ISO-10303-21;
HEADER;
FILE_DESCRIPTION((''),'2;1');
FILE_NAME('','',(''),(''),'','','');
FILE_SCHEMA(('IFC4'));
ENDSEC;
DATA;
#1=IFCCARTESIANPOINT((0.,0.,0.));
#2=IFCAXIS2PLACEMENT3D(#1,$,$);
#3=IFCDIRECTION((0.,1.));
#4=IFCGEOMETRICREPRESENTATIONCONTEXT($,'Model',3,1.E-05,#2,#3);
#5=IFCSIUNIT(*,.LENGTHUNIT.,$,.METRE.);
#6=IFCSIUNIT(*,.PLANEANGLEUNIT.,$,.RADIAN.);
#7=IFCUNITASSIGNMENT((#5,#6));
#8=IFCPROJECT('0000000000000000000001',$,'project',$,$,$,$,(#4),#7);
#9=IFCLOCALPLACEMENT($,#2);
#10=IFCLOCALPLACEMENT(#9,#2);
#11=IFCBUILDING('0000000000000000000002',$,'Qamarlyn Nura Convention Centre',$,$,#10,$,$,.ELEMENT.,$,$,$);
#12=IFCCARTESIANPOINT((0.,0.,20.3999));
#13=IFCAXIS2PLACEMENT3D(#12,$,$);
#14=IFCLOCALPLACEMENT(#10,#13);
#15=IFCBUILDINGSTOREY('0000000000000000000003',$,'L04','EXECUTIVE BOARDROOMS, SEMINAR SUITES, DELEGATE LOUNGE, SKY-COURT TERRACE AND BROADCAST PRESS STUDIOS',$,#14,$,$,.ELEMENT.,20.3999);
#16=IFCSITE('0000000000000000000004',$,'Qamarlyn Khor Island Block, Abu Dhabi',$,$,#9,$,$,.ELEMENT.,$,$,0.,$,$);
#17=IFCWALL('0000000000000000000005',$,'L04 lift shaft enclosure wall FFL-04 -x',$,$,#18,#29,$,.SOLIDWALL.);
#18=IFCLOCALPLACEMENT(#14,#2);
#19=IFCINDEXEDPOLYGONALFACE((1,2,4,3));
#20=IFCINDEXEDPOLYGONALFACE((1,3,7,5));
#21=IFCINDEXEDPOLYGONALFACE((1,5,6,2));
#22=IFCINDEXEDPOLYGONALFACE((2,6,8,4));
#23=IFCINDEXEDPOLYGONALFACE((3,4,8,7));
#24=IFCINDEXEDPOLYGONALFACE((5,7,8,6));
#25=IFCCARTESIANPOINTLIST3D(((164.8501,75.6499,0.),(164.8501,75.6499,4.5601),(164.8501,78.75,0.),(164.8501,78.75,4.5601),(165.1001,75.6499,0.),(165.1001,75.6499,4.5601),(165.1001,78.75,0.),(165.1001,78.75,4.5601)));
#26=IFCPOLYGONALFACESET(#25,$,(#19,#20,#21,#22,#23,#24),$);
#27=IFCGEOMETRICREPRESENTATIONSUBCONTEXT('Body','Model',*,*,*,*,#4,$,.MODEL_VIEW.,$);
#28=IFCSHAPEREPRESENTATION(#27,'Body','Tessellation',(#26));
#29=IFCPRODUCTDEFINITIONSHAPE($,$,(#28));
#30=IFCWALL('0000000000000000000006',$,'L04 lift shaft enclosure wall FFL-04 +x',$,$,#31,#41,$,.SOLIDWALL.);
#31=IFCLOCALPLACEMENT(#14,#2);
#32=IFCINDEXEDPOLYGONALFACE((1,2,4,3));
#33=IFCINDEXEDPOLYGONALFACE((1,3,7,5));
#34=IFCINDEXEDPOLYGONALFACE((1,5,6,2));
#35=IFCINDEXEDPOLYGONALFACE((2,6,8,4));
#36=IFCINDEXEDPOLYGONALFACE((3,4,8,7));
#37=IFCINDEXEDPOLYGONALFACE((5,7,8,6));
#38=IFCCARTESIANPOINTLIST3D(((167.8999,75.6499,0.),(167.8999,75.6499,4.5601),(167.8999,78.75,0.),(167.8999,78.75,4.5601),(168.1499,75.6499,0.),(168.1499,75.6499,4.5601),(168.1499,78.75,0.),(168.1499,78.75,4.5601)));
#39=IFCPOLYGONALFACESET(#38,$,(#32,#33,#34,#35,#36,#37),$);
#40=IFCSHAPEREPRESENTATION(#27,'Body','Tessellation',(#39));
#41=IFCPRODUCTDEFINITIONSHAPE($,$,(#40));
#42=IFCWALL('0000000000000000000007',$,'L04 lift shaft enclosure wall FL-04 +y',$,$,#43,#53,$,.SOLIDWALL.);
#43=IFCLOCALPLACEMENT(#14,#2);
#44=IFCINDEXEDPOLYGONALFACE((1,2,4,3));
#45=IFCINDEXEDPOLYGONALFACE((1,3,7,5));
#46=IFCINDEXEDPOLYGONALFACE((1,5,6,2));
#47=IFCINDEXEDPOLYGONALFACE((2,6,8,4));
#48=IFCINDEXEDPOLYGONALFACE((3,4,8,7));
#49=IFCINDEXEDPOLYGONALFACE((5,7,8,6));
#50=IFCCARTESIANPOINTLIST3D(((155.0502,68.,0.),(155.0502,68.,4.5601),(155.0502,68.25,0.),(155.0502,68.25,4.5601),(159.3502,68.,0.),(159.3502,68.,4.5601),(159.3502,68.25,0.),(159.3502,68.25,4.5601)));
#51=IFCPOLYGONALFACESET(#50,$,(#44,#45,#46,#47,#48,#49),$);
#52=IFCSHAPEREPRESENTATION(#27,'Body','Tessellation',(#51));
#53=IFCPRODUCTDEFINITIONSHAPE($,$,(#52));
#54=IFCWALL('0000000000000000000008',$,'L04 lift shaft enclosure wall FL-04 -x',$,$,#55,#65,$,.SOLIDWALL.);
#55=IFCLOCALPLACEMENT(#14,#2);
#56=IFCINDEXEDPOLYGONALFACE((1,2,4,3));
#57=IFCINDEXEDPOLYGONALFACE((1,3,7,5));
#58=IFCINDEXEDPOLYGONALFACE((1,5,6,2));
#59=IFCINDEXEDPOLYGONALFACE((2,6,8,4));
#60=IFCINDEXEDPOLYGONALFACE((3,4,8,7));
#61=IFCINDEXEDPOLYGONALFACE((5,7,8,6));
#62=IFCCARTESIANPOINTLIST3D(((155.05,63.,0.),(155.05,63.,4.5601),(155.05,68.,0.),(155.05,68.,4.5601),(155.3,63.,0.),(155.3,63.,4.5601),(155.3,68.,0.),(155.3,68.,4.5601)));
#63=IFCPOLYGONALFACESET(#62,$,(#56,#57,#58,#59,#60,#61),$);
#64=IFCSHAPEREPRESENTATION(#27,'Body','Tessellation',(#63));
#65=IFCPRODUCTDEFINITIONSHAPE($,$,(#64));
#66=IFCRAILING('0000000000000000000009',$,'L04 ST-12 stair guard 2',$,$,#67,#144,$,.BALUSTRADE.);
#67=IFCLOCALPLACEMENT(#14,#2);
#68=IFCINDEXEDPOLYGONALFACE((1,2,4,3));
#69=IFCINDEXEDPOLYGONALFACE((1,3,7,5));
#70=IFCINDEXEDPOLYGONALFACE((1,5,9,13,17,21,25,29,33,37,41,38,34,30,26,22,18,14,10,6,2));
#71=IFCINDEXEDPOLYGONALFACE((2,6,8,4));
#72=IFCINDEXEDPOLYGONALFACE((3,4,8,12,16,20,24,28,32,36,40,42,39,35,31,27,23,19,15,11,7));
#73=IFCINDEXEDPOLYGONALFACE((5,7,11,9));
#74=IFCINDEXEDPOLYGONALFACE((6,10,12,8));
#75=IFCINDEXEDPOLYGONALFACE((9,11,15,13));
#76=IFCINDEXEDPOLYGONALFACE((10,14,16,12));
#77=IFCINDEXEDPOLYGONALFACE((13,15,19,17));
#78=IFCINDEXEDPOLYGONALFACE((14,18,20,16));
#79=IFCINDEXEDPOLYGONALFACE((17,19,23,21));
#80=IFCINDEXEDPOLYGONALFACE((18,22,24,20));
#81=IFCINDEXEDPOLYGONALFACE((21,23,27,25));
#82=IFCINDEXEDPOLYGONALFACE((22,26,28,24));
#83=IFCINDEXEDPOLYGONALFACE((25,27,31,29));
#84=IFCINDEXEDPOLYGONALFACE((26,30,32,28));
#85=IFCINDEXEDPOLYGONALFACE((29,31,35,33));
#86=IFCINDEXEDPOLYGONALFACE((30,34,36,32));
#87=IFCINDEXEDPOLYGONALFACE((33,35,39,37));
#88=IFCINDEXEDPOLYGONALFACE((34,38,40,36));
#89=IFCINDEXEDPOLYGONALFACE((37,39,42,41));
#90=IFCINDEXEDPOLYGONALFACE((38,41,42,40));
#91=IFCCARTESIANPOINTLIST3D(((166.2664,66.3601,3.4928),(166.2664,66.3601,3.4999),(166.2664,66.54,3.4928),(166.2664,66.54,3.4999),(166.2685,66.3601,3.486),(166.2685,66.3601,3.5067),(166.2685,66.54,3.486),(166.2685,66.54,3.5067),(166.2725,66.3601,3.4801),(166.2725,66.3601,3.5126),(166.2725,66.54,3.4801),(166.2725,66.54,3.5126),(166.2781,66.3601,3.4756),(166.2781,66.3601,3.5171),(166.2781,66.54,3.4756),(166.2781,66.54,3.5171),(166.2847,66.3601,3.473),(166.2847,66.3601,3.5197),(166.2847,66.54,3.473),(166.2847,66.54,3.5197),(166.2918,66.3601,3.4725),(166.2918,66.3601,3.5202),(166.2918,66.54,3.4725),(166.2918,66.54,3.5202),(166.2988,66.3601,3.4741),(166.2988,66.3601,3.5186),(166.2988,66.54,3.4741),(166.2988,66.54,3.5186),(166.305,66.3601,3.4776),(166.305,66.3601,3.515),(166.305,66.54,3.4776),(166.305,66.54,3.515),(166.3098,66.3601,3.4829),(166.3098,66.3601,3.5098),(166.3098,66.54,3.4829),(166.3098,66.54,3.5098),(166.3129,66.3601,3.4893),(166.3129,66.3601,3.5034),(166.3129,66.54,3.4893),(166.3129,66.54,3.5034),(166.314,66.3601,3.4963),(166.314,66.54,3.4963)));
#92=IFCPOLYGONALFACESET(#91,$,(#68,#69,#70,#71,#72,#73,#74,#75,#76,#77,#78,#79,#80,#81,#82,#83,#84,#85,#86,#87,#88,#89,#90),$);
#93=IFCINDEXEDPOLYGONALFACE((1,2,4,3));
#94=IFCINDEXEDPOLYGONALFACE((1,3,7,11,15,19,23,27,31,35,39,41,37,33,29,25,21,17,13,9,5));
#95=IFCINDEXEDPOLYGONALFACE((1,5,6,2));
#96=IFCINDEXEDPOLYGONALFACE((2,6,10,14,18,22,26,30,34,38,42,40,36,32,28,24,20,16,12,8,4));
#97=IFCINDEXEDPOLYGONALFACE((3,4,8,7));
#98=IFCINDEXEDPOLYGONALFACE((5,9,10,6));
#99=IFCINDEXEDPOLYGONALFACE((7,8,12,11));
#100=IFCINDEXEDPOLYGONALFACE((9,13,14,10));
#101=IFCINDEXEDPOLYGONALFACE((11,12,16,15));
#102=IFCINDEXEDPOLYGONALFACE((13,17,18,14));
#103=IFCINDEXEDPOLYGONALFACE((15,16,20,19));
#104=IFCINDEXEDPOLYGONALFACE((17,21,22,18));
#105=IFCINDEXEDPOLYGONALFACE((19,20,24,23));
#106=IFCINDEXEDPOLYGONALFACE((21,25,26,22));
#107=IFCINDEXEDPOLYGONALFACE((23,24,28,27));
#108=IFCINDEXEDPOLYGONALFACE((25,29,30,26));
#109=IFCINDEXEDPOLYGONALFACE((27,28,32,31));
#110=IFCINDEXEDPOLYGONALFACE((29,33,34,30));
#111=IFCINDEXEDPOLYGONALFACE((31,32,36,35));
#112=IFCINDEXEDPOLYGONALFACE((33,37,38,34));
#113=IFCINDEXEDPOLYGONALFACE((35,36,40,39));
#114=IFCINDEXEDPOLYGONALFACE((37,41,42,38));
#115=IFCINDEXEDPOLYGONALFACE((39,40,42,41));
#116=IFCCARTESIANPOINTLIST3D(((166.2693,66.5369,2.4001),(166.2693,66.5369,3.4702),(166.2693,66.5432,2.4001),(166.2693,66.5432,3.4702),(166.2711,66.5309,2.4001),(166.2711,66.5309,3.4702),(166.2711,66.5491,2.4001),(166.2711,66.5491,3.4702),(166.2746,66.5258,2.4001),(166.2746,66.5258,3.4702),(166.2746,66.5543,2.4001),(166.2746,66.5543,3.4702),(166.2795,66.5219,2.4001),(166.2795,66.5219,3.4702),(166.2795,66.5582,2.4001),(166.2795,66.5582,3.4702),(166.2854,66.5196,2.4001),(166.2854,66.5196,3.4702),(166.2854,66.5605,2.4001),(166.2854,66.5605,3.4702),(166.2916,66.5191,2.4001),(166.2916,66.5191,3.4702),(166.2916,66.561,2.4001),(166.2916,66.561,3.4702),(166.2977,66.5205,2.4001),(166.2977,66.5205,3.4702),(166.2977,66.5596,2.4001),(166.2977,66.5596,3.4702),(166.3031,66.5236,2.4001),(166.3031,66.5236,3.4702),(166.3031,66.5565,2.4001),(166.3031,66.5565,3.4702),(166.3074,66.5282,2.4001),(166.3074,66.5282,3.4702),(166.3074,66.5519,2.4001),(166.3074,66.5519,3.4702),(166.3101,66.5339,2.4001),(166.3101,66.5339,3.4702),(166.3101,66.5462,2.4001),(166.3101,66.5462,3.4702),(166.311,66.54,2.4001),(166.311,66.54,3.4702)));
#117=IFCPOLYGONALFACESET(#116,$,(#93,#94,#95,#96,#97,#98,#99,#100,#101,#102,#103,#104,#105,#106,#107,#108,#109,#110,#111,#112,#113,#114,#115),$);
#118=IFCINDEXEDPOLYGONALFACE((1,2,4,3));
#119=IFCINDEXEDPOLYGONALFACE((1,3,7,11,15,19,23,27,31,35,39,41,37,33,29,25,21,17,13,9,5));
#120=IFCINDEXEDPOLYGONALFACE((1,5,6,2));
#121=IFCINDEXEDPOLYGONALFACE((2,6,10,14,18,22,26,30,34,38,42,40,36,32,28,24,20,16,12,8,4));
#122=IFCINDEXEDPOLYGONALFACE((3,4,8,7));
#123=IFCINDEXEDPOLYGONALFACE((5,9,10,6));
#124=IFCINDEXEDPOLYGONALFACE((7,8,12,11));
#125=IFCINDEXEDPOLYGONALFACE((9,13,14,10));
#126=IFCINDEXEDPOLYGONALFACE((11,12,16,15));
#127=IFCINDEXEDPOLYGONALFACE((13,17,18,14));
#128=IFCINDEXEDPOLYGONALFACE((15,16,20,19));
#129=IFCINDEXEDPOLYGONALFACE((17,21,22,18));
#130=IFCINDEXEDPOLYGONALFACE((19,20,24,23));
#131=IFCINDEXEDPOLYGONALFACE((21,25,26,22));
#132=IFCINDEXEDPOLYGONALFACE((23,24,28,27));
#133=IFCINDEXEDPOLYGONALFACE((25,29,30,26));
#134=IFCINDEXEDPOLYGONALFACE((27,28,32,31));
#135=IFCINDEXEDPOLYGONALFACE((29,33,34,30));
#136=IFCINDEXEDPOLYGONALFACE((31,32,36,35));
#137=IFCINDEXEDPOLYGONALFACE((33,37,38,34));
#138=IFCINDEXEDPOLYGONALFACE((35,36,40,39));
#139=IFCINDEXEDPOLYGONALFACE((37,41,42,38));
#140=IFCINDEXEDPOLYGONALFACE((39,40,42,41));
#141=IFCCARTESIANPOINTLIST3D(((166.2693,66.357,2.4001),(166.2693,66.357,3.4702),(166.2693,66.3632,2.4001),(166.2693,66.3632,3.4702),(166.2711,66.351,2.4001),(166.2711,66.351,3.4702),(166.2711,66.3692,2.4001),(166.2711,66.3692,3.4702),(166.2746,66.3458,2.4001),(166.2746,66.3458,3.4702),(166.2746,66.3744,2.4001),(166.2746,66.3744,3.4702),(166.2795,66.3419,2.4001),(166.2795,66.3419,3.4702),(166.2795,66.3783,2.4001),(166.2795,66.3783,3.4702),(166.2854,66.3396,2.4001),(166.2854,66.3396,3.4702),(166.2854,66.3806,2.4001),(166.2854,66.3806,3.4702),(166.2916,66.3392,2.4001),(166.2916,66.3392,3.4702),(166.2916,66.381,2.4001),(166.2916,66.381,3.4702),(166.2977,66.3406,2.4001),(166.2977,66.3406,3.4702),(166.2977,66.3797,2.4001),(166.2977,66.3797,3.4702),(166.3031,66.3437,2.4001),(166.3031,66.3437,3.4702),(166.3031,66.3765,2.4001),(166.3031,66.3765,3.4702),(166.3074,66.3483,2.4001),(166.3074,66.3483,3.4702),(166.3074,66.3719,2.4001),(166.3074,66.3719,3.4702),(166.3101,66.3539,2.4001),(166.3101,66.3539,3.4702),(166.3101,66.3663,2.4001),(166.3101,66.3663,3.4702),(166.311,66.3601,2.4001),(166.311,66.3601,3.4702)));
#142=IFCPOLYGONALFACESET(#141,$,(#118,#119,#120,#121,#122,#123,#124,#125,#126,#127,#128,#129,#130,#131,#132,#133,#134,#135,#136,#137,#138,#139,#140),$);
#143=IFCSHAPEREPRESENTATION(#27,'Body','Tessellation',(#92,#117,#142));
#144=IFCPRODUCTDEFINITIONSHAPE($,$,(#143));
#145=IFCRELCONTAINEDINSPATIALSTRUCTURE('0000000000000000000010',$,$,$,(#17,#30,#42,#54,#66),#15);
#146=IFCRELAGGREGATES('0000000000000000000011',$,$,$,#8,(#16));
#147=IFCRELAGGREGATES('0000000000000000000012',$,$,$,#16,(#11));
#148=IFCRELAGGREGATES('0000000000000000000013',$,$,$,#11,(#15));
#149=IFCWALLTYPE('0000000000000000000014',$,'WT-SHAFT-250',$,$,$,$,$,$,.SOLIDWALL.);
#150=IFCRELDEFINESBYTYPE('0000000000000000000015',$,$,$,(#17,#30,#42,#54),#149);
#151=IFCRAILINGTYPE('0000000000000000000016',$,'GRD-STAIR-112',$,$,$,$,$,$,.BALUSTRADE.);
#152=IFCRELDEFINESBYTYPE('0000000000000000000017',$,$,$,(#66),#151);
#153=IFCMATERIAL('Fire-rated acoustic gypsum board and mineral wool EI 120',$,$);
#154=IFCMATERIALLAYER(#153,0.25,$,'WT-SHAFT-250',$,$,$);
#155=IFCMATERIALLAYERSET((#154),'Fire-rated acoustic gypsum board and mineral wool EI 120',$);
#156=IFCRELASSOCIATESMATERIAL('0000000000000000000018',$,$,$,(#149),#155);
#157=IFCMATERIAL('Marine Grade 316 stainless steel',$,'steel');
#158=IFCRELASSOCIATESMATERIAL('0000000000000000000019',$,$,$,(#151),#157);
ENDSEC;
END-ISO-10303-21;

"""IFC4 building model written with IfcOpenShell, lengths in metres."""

from ifc_helpers import new_model, si_unit, direction, frame, frame_2d, origin, origin_2d, place, context, subcontext, project, spatial, rectangle, circle, extrude, material, layer, layer_set, type_object, element, save


model = new_model("IFC4")

# Units and contexts
model_context = context("Model", 3, precision=1e-05, world=origin(), true_north=direction((0.0, 1.0)))
body_context = subcontext(model_context, "Body", "Model", "MODEL_VIEW")
ifc_project = project(units=[si_unit("LENGTHUNIT", "METRE"), si_unit("PLANEANGLEUNIT", "RADIAN")], contexts=[model_context])

# Site, building, storey
site_placement = place(None, origin())
site = spatial("IfcSite", under=ifc_project, at=site_placement, Name="Qamarlyn Khor Island Block, Abu Dhabi", CompositionType="ELEMENT", RefElevation=0.0)
building_placement = place(site_placement, origin())
building = spatial("IfcBuilding", under=site, at=building_placement, Name="Qamarlyn Nura Convention Centre", CompositionType="ELEMENT")
storey_placement = place(building_placement, frame((0.0, 0.0, 20.3999)))
storey = spatial("IfcBuildingStorey", under=building, at=storey_placement, Name="L04", Description="EXECUTIVE BOARDROOMS, SEMINAR SUITES, DELEGATE LOUNGE, SKY-COURT TERRACE AND BROADCAST PRESS STUDIOS", CompositionType="ELEMENT", Elevation=20.3999)

# Shared definitions
ifc_material_1 = material(Name="Fire-rated acoustic gypsum board and mineral wool EI 120")

# Shared definitions
ifc_layer_1 = layer(ifc_material_1, 0.25, Name="WT-SHAFT-250")
ifc_layer_set_1 = layer_set([ifc_layer_1], Name="Fire-rated acoustic gypsum board and mineral wool EI 120")
wall_type_1 = type_object("IfcWallType", Name="WT-SHAFT-250", PredefinedType="SOLIDWALL", material=ifc_layer_set_1)
ifc_material_2 = material(Name="Marine Grade 316 stainless steel", Category="steel")

# Walls
for number, where, z_axis, x_axis, name in (
    (1, (164.9751, 78.75, 0.0), (0.0, 0.0, 1.0), (0.0, -1.0, 0.0), "L04 lift shaft enclosure wall FFL-04 -x"),
    (2, (168.0249, 75.6499, 0.0), (0.0, 0.0, 1.0), (0.0, 1.0, 0.0), "L04 lift shaft enclosure wall FFL-04 +x"),
):
    element("IfcWall", number, at=place(storey_placement, frame(where, z_axis=z_axis, x_axis=x_axis)), inside=storey, type_object=wall_type_1, Name=name, PredefinedType="SOLIDWALL", context=body_context, shape_type="SweptSolid", body=[
        extrude(rectangle(XDim=3.1001, YDim=0.25, at=frame_2d((1.55, 0.0))), origin(), (0.0, 0.0, 1.0), 4.5601),
    ])
wall_1_placement = place(storey_placement, frame((159.3501, 68.125, 0.0), z_axis=(0.0, 0.0, 1.0), x_axis=(-1.0, 0.0, 0.0)))
element("IfcWall", 3, at=wall_1_placement, inside=storey, type_object=wall_type_1, Name="L04 lift shaft enclosure wall FL-04 +y", PredefinedType="SOLIDWALL", context=body_context, shape_type="SweptSolid", body=[
    extrude(rectangle(XDim=4.3, YDim=0.25, at=frame_2d((2.1499, 0.0))), origin(), (0.0, 0.0, 1.0), 4.5601),
])
wall_2_placement = place(storey_placement, frame((155.175, 68.0, 0.0), z_axis=(0.0, 0.0, 1.0), x_axis=(0.0, -1.0, 0.0)))
element("IfcWall", 4, at=wall_2_placement, inside=storey, type_object=wall_type_1, Name="L04 lift shaft enclosure wall FL-04 -x", PredefinedType="SOLIDWALL", context=body_context, shape_type="SweptSolid", body=[
    extrude(rectangle(XDim=5.0, YDim=0.25, at=frame_2d((2.5, 0.0))), origin(), (0.0, 0.0, 1.0), 4.5601),
])

# Railing
railing_type = type_object("IfcRailingType", Name="GRD-STAIR-112", PredefinedType="BALUSTRADE", material=ifc_material_2)
railing_1_placement = place(storey_placement, frame((166.29, 66.54, 2.4001)))
element("IfcRailing", 5, at=railing_1_placement, inside=storey, type_object=railing_type, Name="L04 ST-12 stair guard 2", PredefinedType="BALUSTRADE", context=body_context, shape_type="SweptSolid", body=[
    extrude(circle(Radius=0.0239, at=origin_2d()), frame((0.0, 0.0, 1.0962), z_axis=(0.0, -1.0, 0.0), x_axis=(1.0, 0.0, 0.0)), (0.0, 0.0, 1.0), 0.1799),
    extrude(circle(Radius=0.021, at=origin_2d()), origin(), (0.0, 0.0, 1.0), 1.0701),
    extrude(circle(Radius=0.021, at=origin_2d()), frame((0.0, -0.1799, 0.0)), (0.0, 0.0, 1.0), 1.0701),
])

save(model, "model.ifc")
